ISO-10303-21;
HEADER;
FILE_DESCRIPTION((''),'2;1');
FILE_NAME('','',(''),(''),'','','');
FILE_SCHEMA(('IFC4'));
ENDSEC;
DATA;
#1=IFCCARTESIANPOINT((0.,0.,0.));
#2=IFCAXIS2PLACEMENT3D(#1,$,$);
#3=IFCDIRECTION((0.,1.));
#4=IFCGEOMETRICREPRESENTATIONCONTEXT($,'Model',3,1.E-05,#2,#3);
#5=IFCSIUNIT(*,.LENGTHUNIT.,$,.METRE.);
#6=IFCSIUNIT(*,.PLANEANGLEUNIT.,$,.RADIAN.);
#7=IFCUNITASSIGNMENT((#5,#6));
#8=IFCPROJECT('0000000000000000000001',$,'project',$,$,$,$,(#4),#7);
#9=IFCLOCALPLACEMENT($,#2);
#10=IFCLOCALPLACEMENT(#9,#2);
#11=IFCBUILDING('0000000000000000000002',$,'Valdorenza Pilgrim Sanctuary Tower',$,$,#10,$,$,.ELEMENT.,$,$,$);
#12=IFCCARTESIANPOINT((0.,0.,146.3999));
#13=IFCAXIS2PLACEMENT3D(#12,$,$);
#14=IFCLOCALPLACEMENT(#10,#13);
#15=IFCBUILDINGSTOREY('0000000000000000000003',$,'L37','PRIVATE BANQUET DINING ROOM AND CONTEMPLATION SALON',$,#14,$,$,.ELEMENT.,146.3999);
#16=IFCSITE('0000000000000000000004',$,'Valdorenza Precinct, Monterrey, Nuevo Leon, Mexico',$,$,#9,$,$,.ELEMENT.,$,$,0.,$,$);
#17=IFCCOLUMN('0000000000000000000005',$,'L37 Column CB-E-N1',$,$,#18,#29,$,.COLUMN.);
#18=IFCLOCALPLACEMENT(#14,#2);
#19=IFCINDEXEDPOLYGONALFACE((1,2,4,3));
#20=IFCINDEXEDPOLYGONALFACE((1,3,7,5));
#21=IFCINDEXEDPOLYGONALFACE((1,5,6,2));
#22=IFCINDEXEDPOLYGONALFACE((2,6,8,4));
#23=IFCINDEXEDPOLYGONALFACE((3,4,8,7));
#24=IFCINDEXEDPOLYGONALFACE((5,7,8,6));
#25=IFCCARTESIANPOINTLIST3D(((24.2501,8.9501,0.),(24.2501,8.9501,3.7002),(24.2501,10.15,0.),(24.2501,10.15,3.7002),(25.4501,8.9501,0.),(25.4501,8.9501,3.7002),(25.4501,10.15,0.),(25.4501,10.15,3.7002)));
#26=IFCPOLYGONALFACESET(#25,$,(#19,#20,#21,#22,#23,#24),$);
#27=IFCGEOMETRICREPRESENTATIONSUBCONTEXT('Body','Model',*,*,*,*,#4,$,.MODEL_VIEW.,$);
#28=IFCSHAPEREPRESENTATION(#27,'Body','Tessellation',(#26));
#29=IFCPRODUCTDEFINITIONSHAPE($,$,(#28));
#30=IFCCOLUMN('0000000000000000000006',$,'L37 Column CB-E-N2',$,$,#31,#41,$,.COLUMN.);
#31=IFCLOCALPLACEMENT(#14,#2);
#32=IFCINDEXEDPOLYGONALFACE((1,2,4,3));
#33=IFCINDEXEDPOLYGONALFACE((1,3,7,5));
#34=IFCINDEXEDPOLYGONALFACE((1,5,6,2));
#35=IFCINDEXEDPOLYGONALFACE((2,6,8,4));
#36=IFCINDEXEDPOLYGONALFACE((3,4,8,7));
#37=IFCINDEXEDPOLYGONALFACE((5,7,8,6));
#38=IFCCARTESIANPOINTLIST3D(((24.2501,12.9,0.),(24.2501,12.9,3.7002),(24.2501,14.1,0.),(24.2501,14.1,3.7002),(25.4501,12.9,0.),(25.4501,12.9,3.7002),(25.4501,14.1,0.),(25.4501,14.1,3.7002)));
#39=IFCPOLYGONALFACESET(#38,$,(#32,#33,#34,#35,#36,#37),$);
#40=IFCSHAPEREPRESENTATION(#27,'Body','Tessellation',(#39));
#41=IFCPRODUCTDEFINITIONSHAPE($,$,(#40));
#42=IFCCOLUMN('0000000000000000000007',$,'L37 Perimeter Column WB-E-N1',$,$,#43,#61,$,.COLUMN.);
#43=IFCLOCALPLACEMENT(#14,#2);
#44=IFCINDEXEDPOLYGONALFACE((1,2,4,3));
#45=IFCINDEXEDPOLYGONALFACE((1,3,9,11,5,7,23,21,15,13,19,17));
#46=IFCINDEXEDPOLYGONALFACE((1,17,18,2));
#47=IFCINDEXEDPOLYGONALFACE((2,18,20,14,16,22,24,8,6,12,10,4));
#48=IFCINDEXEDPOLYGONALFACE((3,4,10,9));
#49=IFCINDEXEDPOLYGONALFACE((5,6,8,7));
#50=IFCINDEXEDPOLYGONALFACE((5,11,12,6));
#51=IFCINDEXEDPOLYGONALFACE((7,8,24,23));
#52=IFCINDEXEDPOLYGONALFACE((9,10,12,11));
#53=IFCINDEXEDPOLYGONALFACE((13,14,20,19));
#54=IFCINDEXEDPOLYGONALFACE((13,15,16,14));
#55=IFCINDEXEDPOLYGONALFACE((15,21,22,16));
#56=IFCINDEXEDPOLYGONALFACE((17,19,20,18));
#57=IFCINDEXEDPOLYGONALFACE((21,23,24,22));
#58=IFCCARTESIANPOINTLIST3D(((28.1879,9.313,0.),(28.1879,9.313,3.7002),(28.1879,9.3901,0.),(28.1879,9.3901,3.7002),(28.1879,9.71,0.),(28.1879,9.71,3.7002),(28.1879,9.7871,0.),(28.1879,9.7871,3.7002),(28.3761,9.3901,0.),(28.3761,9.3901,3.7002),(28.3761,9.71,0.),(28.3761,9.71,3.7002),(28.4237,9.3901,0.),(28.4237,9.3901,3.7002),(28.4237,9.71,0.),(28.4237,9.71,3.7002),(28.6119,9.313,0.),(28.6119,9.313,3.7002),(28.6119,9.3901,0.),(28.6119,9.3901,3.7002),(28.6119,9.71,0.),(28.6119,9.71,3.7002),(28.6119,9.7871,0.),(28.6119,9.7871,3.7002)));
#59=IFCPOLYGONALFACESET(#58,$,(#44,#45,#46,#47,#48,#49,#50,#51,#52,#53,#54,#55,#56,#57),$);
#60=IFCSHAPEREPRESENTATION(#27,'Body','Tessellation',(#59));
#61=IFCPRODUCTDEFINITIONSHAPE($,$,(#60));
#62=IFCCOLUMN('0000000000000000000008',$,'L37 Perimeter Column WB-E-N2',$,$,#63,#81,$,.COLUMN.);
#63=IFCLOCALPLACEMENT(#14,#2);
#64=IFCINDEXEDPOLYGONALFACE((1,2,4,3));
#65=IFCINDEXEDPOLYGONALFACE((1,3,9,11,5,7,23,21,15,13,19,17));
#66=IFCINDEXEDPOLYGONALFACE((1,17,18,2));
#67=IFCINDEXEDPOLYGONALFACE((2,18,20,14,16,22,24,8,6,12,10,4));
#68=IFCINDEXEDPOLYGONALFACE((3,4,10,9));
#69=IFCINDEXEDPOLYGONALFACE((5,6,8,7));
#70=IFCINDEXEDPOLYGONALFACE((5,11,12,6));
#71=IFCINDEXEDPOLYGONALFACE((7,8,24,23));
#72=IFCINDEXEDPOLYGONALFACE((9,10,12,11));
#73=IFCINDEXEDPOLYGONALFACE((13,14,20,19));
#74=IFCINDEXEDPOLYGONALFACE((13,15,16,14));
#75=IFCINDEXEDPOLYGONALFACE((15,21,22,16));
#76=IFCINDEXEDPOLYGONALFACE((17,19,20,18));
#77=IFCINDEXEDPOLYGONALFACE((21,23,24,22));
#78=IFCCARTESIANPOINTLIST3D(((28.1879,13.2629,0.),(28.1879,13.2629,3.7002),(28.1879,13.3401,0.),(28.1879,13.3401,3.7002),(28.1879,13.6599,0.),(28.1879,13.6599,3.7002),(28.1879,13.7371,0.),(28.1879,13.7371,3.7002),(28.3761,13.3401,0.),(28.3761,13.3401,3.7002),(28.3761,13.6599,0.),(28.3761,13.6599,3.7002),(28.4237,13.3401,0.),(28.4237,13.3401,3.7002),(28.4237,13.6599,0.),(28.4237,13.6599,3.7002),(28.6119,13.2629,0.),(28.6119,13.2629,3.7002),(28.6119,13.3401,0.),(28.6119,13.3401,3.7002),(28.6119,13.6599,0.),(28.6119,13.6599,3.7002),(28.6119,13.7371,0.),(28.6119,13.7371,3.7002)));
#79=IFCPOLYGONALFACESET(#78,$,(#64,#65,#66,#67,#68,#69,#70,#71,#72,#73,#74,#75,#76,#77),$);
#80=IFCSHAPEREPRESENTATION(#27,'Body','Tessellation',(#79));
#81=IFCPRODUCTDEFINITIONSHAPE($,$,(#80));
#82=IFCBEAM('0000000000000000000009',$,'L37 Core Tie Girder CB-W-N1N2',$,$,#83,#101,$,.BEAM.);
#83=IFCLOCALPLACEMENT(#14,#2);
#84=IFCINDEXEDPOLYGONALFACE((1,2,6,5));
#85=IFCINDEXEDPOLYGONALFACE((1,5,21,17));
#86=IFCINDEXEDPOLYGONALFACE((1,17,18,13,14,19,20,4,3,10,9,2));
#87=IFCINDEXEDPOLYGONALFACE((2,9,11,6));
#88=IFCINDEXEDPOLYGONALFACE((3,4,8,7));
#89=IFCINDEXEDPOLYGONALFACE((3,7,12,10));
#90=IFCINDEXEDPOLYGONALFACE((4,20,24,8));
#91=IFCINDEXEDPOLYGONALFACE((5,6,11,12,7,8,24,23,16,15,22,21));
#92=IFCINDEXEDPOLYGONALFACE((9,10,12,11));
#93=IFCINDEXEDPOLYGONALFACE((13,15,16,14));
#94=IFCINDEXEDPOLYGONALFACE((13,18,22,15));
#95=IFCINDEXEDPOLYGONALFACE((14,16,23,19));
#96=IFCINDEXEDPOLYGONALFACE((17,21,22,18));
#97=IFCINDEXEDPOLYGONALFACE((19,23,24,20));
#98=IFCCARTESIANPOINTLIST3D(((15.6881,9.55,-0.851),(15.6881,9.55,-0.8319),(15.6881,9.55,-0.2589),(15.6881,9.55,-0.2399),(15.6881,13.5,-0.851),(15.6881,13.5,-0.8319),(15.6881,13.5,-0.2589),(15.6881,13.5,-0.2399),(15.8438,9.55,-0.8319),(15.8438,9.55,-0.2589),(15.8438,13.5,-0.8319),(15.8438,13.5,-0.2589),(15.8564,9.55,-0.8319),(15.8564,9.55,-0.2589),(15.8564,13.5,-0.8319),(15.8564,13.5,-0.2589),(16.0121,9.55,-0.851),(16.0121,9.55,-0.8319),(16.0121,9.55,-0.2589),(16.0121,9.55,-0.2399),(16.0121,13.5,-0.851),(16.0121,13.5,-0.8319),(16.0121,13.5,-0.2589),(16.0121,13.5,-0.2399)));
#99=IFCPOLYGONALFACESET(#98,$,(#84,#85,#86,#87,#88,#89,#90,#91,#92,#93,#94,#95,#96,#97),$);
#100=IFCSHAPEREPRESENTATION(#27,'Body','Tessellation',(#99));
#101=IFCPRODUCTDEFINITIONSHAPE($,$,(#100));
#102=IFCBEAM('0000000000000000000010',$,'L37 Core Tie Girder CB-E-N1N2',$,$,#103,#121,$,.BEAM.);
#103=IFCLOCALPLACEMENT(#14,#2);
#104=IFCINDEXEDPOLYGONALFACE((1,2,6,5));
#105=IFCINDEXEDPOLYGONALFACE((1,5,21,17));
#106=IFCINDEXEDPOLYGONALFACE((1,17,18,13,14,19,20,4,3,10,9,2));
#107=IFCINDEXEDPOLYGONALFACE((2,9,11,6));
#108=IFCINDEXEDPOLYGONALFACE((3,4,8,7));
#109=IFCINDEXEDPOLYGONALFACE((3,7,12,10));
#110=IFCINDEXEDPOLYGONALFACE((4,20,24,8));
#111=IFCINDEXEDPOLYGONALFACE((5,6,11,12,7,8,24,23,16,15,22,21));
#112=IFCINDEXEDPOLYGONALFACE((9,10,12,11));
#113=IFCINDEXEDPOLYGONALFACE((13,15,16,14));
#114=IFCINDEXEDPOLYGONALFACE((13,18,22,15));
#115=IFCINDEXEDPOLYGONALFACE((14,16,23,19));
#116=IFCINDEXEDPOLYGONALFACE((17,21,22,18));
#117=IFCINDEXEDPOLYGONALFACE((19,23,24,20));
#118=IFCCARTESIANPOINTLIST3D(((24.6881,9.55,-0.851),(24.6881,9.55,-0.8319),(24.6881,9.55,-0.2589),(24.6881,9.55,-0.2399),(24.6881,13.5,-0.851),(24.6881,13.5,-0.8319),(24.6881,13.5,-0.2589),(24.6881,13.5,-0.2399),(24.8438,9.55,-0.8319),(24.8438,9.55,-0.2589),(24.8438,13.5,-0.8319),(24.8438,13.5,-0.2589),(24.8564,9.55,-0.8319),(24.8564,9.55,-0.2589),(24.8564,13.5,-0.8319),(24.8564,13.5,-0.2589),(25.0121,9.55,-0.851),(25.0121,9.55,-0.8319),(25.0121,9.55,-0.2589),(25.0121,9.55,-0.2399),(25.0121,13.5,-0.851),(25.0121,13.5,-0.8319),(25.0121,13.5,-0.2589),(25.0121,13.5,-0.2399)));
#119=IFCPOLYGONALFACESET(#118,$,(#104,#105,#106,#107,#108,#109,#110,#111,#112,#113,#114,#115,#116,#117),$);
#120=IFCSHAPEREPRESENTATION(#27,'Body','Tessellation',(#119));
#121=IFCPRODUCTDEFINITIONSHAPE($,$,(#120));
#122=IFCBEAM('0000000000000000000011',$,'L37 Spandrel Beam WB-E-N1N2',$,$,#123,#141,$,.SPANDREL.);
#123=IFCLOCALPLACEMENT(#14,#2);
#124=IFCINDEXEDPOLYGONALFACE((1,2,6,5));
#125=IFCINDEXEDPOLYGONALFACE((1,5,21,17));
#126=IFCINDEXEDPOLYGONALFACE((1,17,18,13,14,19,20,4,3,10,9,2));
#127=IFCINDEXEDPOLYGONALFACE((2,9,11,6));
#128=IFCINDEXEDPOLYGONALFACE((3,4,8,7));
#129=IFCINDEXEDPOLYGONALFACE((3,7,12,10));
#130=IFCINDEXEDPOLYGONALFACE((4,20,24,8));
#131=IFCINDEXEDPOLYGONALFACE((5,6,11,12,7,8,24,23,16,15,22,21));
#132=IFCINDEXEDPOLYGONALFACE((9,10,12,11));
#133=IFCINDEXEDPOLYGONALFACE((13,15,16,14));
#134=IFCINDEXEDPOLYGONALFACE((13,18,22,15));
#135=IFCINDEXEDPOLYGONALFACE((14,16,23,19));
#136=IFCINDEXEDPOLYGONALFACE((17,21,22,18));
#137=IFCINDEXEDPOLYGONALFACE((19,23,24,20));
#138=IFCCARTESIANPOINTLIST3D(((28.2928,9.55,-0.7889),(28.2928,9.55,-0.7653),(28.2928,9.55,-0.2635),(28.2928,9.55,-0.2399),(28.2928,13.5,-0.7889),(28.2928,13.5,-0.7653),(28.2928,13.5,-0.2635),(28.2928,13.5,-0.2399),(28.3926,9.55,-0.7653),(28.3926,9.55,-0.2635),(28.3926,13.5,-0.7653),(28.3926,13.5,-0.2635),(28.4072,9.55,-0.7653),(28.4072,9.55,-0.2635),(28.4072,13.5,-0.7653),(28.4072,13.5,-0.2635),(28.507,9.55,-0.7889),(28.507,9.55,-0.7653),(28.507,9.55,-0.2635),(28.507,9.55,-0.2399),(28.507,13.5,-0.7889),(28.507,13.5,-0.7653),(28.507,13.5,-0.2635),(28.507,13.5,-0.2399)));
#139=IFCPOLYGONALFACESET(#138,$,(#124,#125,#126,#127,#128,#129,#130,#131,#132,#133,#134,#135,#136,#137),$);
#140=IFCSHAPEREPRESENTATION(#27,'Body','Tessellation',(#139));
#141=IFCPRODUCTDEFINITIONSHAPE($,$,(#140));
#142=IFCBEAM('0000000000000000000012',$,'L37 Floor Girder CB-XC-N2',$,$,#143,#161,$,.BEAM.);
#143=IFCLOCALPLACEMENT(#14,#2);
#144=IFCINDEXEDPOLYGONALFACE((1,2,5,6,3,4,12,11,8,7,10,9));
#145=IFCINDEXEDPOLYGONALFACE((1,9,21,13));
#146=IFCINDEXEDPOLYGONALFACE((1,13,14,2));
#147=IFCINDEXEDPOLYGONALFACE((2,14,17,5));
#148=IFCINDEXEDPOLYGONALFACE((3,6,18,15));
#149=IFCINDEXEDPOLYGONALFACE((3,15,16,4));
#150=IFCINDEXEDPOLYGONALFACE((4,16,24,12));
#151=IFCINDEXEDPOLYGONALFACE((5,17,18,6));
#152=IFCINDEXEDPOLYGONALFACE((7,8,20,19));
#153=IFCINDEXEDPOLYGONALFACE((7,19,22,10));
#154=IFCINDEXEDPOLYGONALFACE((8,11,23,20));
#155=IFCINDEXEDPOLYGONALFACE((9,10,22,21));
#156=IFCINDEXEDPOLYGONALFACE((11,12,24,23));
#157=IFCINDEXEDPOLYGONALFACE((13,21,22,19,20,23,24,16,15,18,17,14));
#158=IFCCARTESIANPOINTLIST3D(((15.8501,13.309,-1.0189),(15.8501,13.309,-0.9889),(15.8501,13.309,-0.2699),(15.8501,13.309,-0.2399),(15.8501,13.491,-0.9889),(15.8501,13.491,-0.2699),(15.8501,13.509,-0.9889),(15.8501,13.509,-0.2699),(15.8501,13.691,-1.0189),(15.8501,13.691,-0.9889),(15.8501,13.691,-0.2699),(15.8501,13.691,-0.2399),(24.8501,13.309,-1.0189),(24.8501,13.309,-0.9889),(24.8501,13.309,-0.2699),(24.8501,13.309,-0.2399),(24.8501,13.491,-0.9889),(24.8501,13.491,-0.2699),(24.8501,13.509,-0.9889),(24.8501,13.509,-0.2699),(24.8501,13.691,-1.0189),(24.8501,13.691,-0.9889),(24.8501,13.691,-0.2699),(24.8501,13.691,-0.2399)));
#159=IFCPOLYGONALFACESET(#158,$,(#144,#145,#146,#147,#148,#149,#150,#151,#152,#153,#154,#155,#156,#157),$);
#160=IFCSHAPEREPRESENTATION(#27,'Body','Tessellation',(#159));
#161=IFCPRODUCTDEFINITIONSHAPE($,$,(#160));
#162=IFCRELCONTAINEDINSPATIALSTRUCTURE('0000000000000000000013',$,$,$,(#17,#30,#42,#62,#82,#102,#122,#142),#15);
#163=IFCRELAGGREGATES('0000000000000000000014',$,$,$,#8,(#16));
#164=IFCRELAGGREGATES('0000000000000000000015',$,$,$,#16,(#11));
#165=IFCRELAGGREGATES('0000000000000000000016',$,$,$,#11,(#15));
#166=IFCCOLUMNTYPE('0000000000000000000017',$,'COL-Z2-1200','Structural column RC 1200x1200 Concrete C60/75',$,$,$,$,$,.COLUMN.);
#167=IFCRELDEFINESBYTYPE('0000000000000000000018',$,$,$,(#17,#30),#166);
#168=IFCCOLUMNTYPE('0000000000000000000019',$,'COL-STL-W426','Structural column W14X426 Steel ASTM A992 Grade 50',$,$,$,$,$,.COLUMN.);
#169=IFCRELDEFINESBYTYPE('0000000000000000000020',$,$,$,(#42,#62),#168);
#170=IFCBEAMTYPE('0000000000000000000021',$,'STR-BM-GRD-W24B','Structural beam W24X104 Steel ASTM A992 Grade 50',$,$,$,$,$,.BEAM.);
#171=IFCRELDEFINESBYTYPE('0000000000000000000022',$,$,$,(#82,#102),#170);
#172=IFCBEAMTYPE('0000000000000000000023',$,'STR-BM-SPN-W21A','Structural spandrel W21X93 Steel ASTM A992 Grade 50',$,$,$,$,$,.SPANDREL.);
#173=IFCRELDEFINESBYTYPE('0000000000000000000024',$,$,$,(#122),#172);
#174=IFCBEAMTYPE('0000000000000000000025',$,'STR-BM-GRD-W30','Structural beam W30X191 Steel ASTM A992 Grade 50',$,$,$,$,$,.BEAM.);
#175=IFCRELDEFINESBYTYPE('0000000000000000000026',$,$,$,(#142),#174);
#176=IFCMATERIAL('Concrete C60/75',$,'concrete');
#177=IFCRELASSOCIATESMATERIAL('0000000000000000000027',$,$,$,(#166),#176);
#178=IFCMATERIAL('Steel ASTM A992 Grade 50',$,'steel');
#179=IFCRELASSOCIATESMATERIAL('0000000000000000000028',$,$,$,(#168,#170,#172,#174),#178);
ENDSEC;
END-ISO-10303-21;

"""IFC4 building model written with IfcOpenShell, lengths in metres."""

from ifc_helpers import new_model, si_unit, direction, frame, origin, origin_2d, place, context, subcontext, project, spatial, rectangle, i_section, extrude, source, transform, mapped, material, material_profile, profile_set, type_object, element, save


model = new_model("IFC4")

# Units and contexts
model_context = context("Model", 3, precision=1e-05, world=origin(), true_north=direction((0.0, 1.0)))
body_context = subcontext(model_context, "Body", "Model", "MODEL_VIEW")
ifc_project = project(units=[si_unit("LENGTHUNIT", "METRE"), si_unit("PLANEANGLEUNIT", "RADIAN")], contexts=[model_context])

# Site, building, storey
site_placement = place(None, origin())
site = spatial("IfcSite", under=ifc_project, at=site_placement, Name="Valdorenza Precinct, Monterrey, Nuevo Leon, Mexico", CompositionType="ELEMENT", RefElevation=0.0)
building_placement = place(site_placement, origin())
building = spatial("IfcBuilding", under=site, at=building_placement, Name="Valdorenza Pilgrim Sanctuary Tower", CompositionType="ELEMENT")
storey_placement = place(building_placement, frame((0.0, 0.0, 146.3999)))
storey = spatial("IfcBuildingStorey", under=building, at=storey_placement, Name="L37", Description="PRIVATE BANQUET DINING ROOM AND CONTEMPLATION SALON", CompositionType="ELEMENT", Elevation=146.3999)

# Columns
ifc_material_1 = material(Name="Concrete C60/75", Category="concrete")
ifc_material_profile_1 = material_profile(ifc_material_1, rectangle(XDim=1.2, YDim=1.2, at=origin_2d()), Name="RC 1200x1200")
ifc_profile_set_1 = profile_set([ifc_material_profile_1], Name="Concrete C60/75")
column_type_1 = type_object("IfcColumnType", Name="COL-Z2-1200", Description="Structural column RC 1200x1200 Concrete C60/75", PredefinedType="COLUMN", material=ifc_profile_set_1)
shared_shape_1 = source(origin(), body_context, "Body", "SweptSolid", [
    extrude(rectangle(XDim=1.2, YDim=1.2, at=origin_2d()), origin(), (0.0, 0.0, 1.0), 3.7002),
])
for number, where, z_axis, x_axis, name in (
    (1, (24.8501, 9.55, 0.0), (0.0, 0.0, 1.0), (1.0, 0.0, 0.0), "L37 Column CB-E-N1"),
    (2, (24.8501, 13.5, 0.0), (0.0, 0.0, 1.0), (1.0, 0.0, 0.0), "L37 Column CB-E-N2"),
):
    element("IfcColumn", number, at=place(storey_placement, frame(where, z_axis=z_axis, x_axis=x_axis)), inside=storey, type_object=column_type_1, Name=name, PredefinedType="COLUMN", context=body_context, shape_type="MappedRepresentation", body=[
        mapped(shared_shape_1, transform((0.0, 0.0, 0.0), x_axis=(1.0, 0.0, 0.0), y_axis=(0.0, 1.0, 0.0), z_axis=(0.0, 0.0, 1.0), scale=1.0)),
    ])
ifc_material_2 = material(Name="Steel ASTM A992 Grade 50", Category="steel")
ifc_material_profile_2 = material_profile(ifc_material_2, i_section(OverallWidth=0.4241, OverallDepth=0.4741, WebThickness=0.0476, FlangeThickness=0.0771, at=origin_2d()), Name="W14X426")
ifc_profile_set_2 = profile_set([ifc_material_profile_2], Name="Steel ASTM A992 Grade 50")
column_type_2 = type_object("IfcColumnType", Name="COL-STL-W426", Description="Structural column W14X426 Steel ASTM A992 Grade 50", PredefinedType="COLUMN", material=ifc_profile_set_2)
shared_shape_2 = source(origin(), body_context, "Body", "SweptSolid", [
    extrude(i_section(OverallWidth=0.4241, OverallDepth=0.4741, WebThickness=0.0476, FlangeThickness=0.0771, at=origin_2d()), origin(), (0.0, 0.0, 1.0), 3.7002),
])
for number, where, z_axis, x_axis, name in (
    (3, (28.3999, 9.55, 0.0), (0.0, 0.0, 1.0), (1.0, 0.0, 0.0), "L37 Perimeter Column WB-E-N1"),
    (4, (28.3999, 13.5, 0.0), (0.0, 0.0, 1.0), (1.0, 0.0, 0.0), "L37 Perimeter Column WB-E-N2"),
):
    element("IfcColumn", number, at=place(storey_placement, frame(where, z_axis=z_axis, x_axis=x_axis)), inside=storey, type_object=column_type_2, Name=name, PredefinedType="COLUMN", context=body_context, shape_type="MappedRepresentation", body=[
        mapped(shared_shape_2, transform((0.0, 0.0, 0.0), x_axis=(1.0, 0.0, 0.0), y_axis=(0.0, 1.0, 0.0), z_axis=(0.0, 0.0, 1.0), scale=1.0)),
    ])

# Beams
ifc_material_profile_3 = material_profile(ifc_material_2, i_section(OverallWidth=0.324, OverallDepth=0.6111, WebThickness=0.0127, FlangeThickness=0.019, at=origin_2d()), Name="W24X104")
ifc_profile_set_3 = profile_set([ifc_material_profile_3], Name="Steel ASTM A992 Grade 50")
beam_type_1 = type_object("IfcBeamType", Name="STR-BM-GRD-W24B", Description="Structural beam W24X104 Steel ASTM A992 Grade 50", PredefinedType="BEAM", material=ifc_profile_set_3)
shared_shape_3 = source(origin(), body_context, "Body", "SweptSolid", [
    extrude(i_section(OverallWidth=0.324, OverallDepth=0.6111, WebThickness=0.0127, FlangeThickness=0.019, at=origin_2d()), origin(), (0.0, 0.0, 1.0), 3.95),
])
for number, where, z_axis, x_axis, name in (
    (5, (15.8501, 9.55, -0.5454), (0.0, 1.0, 0.0), (-1.0, 0.0, 0.0), "L37 Core Tie Girder CB-W-N1N2"),
    (6, (24.8501, 9.55, -0.5454), (0.0, 1.0, 0.0), (-1.0, 0.0, 0.0), "L37 Core Tie Girder CB-E-N1N2"),
):
    element("IfcBeam", number, at=place(storey_placement, frame(where, z_axis=z_axis, x_axis=x_axis)), inside=storey, type_object=beam_type_1, Name=name, PredefinedType="BEAM", context=body_context, shape_type="MappedRepresentation", body=[
        mapped(shared_shape_3, transform((0.0, 0.0, 0.0), x_axis=(1.0, 0.0, 0.0), y_axis=(0.0, 1.0, 0.0), z_axis=(0.0, 0.0, 1.0), scale=1.0)),
    ])
ifc_material_profile_4 = material_profile(ifc_material_2, i_section(OverallWidth=0.2141, OverallDepth=0.5491, WebThickness=0.0146, FlangeThickness=0.0237, at=origin_2d()), Name="W21X93")
ifc_profile_set_4 = profile_set([ifc_material_profile_4], Name="Steel ASTM A992 Grade 50")
beam_type_2 = type_object("IfcBeamType", Name="STR-BM-SPN-W21A", Description="Structural spandrel W21X93 Steel ASTM A992 Grade 50", PredefinedType="SPANDREL", material=ifc_profile_set_4)
shared_shape_4 = source(origin(), body_context, "Body", "SweptSolid", [
    extrude(i_section(OverallWidth=0.2141, OverallDepth=0.5491, WebThickness=0.0146, FlangeThickness=0.0237, at=origin_2d()), origin(), (0.0, 0.0, 1.0), 3.95),
])
beam_1_placement = place(storey_placement, frame((28.3999, 9.55, -0.5144), z_axis=(0.0, 1.0, 0.0), x_axis=(-1.0, 0.0, 0.0)))
element("IfcBeam", 7, at=beam_1_placement, inside=storey, type_object=beam_type_2, Name="L37 Spandrel Beam WB-E-N1N2", PredefinedType="SPANDREL", context=body_context, shape_type="MappedRepresentation", body=[
    mapped(shared_shape_4, transform((0.0, 0.0, 0.0), x_axis=(1.0, 0.0, 0.0), y_axis=(0.0, 1.0, 0.0), z_axis=(0.0, 0.0, 1.0), scale=1.0)),
])
ifc_material_profile_5 = material_profile(ifc_material_2, i_section(OverallWidth=0.3821, OverallDepth=0.7791, WebThickness=0.0181, FlangeThickness=0.03, at=origin_2d()), Name="W30X191")
ifc_profile_set_5 = profile_set([ifc_material_profile_5], Name="Steel ASTM A992 Grade 50")
beam_type_3 = type_object("IfcBeamType", Name="STR-BM-GRD-W30", Description="Structural beam W30X191 Steel ASTM A992 Grade 50", PredefinedType="BEAM", material=ifc_profile_set_5)
shared_shape_5 = source(origin(), body_context, "Body", "SweptSolid", [
    extrude(i_section(OverallWidth=0.3821, OverallDepth=0.7791, WebThickness=0.0181, FlangeThickness=0.03, at=origin_2d()), origin(), (0.0, 0.0, 1.0), 9.0),
])
beam_2_placement = place(storey_placement, frame((15.8501, 13.5, -0.6294), z_axis=(1.0, 0.0, 0.0), x_axis=(0.0, 1.0, 0.0)))
element("IfcBeam", 8, at=beam_2_placement, inside=storey, type_object=beam_type_3, Name="L37 Floor Girder CB-XC-N2", PredefinedType="BEAM", context=body_context, shape_type="MappedRepresentation", body=[
    mapped(shared_shape_5, transform((0.0, 0.0, 0.0), x_axis=(1.0, 0.0, 0.0), y_axis=(0.0, 1.0, 0.0), z_axis=(0.0, 0.0, 1.0), scale=1.0)),
])

save(model, "model.ifc")
